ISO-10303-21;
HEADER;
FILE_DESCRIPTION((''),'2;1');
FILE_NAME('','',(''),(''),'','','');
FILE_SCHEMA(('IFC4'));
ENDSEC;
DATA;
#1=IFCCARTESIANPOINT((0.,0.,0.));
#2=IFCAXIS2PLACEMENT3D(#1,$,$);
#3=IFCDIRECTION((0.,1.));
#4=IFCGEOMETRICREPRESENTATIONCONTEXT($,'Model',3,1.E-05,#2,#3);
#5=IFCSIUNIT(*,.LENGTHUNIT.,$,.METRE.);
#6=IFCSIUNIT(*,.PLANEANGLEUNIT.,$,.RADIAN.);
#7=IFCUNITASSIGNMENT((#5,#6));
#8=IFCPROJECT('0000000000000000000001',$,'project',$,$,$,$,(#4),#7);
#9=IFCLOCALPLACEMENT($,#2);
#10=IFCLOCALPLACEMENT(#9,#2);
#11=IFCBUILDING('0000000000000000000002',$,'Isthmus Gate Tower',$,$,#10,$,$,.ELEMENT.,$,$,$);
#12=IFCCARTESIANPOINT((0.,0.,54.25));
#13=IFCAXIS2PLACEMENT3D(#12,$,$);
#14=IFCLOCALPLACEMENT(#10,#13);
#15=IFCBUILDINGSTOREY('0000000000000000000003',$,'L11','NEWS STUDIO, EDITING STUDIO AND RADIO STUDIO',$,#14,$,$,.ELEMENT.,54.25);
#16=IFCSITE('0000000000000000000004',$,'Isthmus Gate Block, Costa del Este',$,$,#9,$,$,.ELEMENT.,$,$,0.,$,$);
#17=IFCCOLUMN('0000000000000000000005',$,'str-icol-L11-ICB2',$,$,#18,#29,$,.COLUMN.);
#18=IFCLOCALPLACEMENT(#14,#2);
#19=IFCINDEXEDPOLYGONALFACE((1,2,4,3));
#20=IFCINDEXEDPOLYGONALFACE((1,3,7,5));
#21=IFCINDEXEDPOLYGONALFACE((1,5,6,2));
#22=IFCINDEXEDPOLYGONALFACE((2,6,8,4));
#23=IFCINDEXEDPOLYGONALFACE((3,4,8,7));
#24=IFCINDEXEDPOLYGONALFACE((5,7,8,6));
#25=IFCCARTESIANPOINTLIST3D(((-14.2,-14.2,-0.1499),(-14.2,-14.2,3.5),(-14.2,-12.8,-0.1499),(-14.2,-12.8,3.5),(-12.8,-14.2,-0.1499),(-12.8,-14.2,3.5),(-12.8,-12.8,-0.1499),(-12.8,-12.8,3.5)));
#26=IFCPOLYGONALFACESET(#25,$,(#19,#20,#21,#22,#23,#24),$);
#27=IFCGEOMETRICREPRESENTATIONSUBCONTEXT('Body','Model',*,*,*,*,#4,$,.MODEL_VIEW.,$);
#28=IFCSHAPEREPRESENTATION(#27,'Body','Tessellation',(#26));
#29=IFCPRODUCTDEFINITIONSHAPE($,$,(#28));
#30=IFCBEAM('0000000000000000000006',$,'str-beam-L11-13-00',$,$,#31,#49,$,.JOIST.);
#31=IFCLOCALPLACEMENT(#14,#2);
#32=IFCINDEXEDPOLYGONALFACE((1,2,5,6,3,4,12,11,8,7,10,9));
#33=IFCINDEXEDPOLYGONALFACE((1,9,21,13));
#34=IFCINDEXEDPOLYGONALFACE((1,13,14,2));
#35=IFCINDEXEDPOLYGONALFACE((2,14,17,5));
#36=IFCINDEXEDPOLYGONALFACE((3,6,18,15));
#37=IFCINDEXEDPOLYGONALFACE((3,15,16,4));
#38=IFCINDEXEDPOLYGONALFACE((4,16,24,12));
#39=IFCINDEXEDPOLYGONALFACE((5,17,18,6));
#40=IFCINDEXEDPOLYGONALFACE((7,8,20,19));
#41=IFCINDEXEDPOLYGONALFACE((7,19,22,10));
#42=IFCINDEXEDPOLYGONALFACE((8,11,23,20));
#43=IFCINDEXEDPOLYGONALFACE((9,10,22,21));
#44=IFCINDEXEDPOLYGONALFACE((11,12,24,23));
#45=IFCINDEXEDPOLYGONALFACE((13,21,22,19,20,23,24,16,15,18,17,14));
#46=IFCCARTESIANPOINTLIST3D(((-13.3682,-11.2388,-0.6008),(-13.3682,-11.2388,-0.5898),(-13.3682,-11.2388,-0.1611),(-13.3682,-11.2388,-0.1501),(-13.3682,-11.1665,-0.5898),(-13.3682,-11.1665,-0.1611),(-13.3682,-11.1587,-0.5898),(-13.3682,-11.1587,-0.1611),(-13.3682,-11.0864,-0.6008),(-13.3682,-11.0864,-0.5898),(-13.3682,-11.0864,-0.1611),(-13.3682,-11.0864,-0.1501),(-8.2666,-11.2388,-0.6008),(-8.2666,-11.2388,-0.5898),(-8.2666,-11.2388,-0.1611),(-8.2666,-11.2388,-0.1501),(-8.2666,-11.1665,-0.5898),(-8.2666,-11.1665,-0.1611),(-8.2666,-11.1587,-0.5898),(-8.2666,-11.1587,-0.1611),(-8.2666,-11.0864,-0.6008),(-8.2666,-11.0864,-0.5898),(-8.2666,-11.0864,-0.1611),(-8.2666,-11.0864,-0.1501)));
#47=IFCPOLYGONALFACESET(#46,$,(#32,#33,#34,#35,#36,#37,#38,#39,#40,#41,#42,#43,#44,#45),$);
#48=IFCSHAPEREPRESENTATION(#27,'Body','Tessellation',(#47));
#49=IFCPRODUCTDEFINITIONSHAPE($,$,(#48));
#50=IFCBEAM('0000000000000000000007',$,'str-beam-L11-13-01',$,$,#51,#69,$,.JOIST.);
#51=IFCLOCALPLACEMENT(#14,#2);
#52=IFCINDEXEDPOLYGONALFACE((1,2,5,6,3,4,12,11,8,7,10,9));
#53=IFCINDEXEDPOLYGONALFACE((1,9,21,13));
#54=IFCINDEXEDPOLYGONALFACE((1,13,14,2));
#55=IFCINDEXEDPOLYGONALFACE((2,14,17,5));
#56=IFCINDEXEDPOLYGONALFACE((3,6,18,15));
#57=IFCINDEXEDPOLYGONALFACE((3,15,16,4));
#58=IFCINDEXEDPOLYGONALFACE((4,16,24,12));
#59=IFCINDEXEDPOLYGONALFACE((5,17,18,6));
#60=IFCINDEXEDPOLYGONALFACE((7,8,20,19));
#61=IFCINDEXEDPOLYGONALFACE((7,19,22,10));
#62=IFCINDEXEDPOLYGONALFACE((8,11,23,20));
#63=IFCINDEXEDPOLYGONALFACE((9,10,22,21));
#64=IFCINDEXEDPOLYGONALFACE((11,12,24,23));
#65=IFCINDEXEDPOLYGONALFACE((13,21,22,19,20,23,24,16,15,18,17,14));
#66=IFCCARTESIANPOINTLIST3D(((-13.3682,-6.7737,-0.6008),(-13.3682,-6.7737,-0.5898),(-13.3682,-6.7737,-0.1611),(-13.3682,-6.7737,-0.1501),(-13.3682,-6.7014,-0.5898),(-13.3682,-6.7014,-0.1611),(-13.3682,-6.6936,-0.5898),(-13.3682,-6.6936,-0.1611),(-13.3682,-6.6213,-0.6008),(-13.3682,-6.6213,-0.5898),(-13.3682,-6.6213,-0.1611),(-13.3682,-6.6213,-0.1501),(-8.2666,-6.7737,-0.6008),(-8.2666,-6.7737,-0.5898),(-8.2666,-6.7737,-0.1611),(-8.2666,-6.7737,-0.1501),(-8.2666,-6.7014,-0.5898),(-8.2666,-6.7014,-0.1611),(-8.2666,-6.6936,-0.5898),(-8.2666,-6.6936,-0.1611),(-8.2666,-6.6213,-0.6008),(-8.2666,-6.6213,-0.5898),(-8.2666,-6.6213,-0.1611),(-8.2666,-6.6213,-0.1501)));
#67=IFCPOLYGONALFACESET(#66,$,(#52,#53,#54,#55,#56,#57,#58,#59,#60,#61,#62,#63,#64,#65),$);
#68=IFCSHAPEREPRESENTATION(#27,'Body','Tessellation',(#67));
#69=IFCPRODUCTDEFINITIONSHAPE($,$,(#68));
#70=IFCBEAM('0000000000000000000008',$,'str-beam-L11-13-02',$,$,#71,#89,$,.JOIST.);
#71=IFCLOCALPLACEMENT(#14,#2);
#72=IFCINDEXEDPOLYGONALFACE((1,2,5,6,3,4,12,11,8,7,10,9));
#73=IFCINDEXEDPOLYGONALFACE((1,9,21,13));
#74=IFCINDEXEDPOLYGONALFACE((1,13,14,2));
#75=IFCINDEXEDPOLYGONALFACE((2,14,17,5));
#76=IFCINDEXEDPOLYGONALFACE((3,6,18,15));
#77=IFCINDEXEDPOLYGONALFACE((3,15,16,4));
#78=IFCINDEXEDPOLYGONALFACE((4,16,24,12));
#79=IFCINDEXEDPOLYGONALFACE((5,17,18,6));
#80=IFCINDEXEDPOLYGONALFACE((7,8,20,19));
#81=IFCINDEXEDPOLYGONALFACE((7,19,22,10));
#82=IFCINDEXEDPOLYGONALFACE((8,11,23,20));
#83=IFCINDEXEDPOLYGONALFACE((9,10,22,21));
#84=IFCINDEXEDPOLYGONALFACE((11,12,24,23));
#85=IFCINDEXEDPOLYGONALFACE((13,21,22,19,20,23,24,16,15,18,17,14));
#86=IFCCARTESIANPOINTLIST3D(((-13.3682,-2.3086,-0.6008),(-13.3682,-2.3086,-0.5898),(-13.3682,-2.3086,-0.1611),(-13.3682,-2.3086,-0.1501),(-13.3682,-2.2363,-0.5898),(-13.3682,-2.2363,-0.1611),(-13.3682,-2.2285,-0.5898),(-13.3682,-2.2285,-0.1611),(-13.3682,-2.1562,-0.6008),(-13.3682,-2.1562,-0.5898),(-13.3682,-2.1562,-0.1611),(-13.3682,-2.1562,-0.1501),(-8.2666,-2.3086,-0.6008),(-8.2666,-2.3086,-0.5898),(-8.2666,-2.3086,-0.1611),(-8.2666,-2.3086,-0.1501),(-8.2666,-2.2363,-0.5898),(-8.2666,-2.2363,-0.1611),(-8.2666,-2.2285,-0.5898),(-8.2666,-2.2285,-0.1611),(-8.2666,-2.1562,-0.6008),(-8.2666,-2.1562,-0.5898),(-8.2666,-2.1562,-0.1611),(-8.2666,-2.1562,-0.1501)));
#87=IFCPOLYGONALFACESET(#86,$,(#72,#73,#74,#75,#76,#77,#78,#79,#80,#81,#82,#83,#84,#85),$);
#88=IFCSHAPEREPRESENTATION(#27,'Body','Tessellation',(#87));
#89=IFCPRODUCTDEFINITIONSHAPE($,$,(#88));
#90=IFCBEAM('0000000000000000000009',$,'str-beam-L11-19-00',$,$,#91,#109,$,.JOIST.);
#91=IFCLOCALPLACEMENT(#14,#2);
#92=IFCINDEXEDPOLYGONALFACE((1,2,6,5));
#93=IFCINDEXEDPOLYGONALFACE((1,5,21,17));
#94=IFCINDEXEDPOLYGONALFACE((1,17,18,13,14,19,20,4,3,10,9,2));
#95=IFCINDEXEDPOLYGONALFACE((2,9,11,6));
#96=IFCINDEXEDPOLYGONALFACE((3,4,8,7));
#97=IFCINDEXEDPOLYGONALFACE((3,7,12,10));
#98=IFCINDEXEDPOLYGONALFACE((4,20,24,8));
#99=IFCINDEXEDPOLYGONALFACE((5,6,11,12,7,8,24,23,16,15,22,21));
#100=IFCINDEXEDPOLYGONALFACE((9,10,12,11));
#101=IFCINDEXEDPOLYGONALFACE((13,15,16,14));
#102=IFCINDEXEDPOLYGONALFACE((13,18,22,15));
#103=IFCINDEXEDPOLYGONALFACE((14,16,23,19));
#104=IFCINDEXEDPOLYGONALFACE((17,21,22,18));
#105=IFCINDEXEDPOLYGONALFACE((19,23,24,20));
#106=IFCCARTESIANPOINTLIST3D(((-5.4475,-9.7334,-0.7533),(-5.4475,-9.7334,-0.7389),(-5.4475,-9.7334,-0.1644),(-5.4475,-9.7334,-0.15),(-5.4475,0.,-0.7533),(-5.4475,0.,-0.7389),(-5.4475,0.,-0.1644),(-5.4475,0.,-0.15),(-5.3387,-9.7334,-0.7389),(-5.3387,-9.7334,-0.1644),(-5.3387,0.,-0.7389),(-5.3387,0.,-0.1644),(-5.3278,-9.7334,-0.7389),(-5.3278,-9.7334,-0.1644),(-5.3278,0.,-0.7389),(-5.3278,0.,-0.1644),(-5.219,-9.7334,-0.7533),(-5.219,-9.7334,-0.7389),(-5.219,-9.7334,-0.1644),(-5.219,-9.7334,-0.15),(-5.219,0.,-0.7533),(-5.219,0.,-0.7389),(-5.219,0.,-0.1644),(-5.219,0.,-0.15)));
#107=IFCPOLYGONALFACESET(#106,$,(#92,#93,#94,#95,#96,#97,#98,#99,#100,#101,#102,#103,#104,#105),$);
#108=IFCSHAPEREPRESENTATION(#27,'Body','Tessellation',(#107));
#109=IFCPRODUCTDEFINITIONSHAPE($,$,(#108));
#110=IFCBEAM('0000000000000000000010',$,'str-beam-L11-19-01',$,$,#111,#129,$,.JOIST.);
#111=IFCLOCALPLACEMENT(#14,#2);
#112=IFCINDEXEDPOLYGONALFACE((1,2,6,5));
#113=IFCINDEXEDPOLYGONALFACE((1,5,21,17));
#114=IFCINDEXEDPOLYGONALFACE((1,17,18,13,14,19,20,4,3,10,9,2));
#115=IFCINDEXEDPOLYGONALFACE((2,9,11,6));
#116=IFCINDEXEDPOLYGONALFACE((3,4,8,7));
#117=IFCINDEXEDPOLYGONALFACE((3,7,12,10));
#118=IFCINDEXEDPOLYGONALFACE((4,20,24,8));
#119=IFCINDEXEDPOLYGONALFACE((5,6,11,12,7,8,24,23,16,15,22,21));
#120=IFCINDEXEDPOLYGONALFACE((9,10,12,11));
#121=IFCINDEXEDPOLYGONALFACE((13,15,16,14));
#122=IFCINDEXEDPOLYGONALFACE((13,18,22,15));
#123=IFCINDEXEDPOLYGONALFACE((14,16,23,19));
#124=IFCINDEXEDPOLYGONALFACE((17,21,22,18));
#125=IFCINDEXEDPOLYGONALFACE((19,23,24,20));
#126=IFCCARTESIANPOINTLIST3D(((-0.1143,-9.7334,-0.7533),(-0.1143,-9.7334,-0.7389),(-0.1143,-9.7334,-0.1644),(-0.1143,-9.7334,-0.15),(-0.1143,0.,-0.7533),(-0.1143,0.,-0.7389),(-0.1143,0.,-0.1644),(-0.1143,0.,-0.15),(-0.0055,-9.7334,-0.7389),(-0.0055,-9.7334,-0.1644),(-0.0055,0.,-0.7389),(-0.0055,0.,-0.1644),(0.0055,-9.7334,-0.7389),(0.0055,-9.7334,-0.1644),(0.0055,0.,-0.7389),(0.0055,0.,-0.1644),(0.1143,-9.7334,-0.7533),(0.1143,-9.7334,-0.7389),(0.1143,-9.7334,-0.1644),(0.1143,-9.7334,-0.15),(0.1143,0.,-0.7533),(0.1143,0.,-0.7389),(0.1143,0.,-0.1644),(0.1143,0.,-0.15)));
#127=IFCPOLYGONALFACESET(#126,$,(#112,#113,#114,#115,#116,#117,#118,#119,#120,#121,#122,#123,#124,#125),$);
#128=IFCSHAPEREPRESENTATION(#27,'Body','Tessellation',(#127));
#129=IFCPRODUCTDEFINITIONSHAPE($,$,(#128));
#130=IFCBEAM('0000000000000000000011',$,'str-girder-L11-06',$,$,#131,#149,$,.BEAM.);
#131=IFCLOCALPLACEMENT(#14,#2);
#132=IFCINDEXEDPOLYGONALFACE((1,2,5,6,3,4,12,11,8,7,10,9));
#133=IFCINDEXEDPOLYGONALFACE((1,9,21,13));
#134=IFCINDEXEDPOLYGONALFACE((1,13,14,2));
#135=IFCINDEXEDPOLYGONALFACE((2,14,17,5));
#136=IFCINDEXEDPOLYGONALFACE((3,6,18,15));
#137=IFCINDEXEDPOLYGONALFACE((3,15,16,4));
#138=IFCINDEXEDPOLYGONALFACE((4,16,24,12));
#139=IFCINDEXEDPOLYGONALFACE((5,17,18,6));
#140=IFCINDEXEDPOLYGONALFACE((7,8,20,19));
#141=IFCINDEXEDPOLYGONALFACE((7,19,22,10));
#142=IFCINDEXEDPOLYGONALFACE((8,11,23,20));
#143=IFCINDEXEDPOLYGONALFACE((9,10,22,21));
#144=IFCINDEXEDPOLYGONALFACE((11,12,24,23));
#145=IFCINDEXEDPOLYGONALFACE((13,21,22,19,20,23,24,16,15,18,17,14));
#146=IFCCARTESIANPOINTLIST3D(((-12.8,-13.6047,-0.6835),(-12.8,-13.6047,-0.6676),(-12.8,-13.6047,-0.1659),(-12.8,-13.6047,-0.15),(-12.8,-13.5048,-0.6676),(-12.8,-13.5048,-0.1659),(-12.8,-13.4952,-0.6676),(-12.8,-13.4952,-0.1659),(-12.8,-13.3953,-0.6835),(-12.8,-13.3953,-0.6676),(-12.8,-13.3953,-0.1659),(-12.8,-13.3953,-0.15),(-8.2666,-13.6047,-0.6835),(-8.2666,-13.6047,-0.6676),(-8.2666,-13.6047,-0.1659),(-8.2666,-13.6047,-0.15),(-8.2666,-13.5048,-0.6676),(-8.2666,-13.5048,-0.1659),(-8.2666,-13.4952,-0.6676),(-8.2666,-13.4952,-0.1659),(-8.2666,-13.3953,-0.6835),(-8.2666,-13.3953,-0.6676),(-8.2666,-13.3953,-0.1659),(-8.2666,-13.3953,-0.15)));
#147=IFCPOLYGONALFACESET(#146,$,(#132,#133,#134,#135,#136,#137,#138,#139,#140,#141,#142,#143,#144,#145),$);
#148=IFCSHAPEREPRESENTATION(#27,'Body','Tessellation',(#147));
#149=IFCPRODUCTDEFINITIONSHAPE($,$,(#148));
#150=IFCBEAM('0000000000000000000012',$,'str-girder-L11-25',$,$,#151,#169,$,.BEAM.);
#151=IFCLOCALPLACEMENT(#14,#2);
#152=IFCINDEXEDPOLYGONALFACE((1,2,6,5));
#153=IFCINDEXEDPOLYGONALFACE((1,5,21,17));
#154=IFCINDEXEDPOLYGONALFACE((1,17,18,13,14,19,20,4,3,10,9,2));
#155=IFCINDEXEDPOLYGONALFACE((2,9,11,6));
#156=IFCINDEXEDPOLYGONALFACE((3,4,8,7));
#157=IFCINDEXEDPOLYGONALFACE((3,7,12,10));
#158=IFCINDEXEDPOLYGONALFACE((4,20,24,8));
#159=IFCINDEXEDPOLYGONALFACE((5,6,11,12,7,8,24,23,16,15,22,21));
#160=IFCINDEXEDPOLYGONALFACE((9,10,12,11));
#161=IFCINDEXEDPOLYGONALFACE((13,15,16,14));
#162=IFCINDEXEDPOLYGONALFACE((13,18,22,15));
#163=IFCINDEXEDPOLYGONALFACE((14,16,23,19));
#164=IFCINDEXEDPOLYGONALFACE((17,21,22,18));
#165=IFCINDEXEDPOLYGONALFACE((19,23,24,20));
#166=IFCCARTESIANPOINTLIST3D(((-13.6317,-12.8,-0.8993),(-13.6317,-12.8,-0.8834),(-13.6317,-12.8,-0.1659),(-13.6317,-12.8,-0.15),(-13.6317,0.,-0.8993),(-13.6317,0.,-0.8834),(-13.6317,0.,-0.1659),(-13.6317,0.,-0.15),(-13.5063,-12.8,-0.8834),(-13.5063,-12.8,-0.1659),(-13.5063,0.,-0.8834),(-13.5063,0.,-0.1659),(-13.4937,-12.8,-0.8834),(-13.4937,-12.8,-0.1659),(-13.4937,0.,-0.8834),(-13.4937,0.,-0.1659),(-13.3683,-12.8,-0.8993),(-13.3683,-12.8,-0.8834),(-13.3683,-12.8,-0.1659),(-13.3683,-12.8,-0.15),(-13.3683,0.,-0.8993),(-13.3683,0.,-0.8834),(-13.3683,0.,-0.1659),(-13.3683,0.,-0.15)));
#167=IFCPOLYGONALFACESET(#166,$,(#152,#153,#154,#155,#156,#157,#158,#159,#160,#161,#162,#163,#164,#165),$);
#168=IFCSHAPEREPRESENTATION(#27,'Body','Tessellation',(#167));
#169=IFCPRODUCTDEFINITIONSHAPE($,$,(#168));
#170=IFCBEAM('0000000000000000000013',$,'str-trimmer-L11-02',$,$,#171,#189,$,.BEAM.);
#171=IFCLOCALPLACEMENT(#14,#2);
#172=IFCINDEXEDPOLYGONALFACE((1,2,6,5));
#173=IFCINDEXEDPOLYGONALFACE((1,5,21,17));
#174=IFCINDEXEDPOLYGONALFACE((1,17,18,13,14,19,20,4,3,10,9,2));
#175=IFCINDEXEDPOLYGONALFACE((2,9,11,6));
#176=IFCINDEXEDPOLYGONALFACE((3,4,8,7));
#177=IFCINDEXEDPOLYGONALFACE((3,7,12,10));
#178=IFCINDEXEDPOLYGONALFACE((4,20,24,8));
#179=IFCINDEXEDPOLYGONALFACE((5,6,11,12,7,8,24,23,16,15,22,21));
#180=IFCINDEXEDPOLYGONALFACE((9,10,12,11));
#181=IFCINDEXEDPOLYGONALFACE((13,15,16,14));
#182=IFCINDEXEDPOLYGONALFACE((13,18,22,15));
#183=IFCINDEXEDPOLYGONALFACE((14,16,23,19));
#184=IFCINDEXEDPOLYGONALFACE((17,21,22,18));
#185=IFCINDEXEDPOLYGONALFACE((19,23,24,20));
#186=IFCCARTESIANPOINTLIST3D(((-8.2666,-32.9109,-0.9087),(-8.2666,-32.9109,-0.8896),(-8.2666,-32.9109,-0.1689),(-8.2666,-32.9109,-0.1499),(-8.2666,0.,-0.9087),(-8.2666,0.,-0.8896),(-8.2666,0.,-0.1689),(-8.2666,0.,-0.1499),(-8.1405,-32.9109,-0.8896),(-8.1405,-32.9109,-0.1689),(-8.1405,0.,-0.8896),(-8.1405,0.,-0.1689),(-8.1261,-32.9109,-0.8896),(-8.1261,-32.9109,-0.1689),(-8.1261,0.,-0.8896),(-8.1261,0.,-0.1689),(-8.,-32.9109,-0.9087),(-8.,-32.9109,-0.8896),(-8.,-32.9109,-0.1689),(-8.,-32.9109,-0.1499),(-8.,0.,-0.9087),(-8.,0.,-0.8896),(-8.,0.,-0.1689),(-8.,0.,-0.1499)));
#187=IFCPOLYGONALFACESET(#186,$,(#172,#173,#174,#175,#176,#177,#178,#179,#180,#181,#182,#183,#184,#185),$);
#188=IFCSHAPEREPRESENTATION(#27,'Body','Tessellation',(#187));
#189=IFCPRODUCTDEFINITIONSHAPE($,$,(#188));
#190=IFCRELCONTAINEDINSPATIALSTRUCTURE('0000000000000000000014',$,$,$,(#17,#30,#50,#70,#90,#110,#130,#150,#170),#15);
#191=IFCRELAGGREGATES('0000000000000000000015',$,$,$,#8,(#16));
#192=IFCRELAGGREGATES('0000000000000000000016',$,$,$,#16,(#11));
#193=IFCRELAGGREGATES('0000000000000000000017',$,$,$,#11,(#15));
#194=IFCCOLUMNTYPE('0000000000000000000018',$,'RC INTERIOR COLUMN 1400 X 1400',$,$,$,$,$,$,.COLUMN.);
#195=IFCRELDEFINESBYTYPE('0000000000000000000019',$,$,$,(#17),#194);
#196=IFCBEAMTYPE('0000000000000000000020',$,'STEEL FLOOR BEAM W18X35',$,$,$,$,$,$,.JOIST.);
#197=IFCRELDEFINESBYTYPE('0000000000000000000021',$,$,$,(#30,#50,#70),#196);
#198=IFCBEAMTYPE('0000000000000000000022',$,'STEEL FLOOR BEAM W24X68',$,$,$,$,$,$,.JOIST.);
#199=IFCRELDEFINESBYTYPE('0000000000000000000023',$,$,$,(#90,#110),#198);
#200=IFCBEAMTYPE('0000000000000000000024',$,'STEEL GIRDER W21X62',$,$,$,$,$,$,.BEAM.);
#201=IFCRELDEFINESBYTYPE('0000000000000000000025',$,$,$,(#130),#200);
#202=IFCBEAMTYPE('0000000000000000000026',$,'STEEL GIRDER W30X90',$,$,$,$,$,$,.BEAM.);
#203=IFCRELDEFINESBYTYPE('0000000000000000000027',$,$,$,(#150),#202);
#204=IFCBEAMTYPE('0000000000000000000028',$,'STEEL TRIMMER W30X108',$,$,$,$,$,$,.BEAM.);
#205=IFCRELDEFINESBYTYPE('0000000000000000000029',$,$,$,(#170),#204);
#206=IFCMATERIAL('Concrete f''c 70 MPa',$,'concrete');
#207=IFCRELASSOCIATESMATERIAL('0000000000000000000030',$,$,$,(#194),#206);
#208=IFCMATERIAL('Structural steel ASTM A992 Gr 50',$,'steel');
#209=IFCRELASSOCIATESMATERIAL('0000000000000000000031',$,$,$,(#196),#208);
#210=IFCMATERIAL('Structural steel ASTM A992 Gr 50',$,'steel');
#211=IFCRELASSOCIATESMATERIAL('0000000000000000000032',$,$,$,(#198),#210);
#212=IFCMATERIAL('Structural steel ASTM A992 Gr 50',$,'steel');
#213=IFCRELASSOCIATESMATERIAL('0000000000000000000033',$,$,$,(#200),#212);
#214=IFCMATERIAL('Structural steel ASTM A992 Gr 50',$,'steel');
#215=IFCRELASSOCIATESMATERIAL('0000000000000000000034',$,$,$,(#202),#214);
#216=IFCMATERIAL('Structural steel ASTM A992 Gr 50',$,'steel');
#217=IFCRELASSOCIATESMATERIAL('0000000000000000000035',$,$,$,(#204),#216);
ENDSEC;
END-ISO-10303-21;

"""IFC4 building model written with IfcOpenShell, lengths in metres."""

from ifc_helpers import new_model, si_unit, direction, frame, origin, origin_2d, place, context, subcontext, project, spatial, rectangle, i_section, extrude, material, material_profile, profile_set, type_object, element, save


model = new_model("IFC4")

# Units and contexts
model_context = context("Model", 3, precision=1e-05, world=origin(), true_north=direction((0.0, 1.0)))
body_context = subcontext(model_context, "Body", "Model", "MODEL_VIEW")
ifc_project = project(units=[si_unit("LENGTHUNIT", "METRE"), si_unit("PLANEANGLEUNIT", "RADIAN")], contexts=[model_context])

# Site, building, storey
site_placement = place(None, origin())
site = spatial("IfcSite", under=ifc_project, at=site_placement, Name="Isthmus Gate Block, Costa del Este", CompositionType="ELEMENT", RefElevation=0.0)
building_placement = place(site_placement, origin())
building = spatial("IfcBuilding", under=site, at=building_placement, Name="Isthmus Gate Tower", CompositionType="ELEMENT")
storey_placement = place(building_placement, frame((0.0, 0.0, 54.25)))
storey = spatial("IfcBuildingStorey", under=building, at=storey_placement, Name="L11", Description="NEWS STUDIO, EDITING STUDIO AND RADIO STUDIO", CompositionType="ELEMENT", Elevation=54.25)

# Column
ifc_material_1 = material(Name="Concrete f'c 70 MPa", Category="concrete")
ifc_material_profile_1 = material_profile(ifc_material_1, rectangle(XDim=1.3999, YDim=1.3999, at=origin_2d()), Name="RC 1400X1400")
ifc_profile_set_1 = profile_set([ifc_material_profile_1], Name="Concrete f'c 70 MPa")
column_type = type_object("IfcColumnType", Name="RC INTERIOR COLUMN 1400 X 1400", PredefinedType="COLUMN", material=ifc_profile_set_1)
column_placement = place(storey_placement, frame((-13.5, -13.5, -0.1499), z_axis=(0.0, 0.0, 1.0), x_axis=(1.0, 0.0, 0.0)))
element("IfcColumn", 1, at=column_placement, inside=storey, type_object=column_type, Name="str-icol-L11-ICB2", PredefinedType="COLUMN", context=body_context, shape_type="SweptSolid", body=[
    extrude(rectangle(XDim=1.3999, YDim=1.3999, at=origin_2d()), origin(), (0.0, 0.0, 1.0), 3.6499),
])

# Beams
ifc_material_2 = material(Name="Structural steel ASTM A992 Gr 50", Category="steel")
ifc_material_profile_2 = material_profile(ifc_material_2, i_section(OverallWidth=0.1523, OverallDepth=0.4507, WebThickness=0.0078, FlangeThickness=0.011, at=origin_2d()), Name="W18X35")
ifc_profile_set_2 = profile_set([ifc_material_profile_2], Name="Structural steel ASTM A992 Gr 50")
beam_type_1 = type_object("IfcBeamType", Name="STEEL FLOOR BEAM W18X35", PredefinedType="JOIST", material=ifc_profile_set_2)
for number, where, z_axis, x_axis, name in (
    (2, (-13.3682, -11.1626, -0.3755), (1.0, 0.0, 0.0), (0.0, 1.0, 0.0), "str-beam-L11-13-00"),
    (3, (-13.3682, -6.6975, -0.3755), (1.0, 0.0, 0.0), (0.0, 1.0, 0.0), "str-beam-L11-13-01"),
    (4, (-13.3682, -2.2324, -0.3755), (1.0, 0.0, 0.0), (0.0, 1.0, 0.0), "str-beam-L11-13-02"),
):
    element("IfcBeam", number, at=place(storey_placement, frame(where, z_axis=z_axis, x_axis=x_axis)), inside=storey, type_object=beam_type_1, Name=name, PredefinedType="JOIST", context=body_context, shape_type="SweptSolid", body=[
        extrude(i_section(OverallWidth=0.1523, OverallDepth=0.4507, WebThickness=0.0078, FlangeThickness=0.011, at=origin_2d()), origin(), (0.0, 0.0, 1.0), 5.1016),
    ])
ifc_material_3 = material(Name="Structural steel ASTM A992 Gr 50", Category="steel")
ifc_material_profile_3 = material_profile(ifc_material_3, i_section(OverallWidth=0.2285, OverallDepth=0.6033, WebThickness=0.011, FlangeThickness=0.0144, at=origin_2d()), Name="W24X68")
ifc_profile_set_3 = profile_set([ifc_material_profile_3], Name="Structural steel ASTM A992 Gr 50")
beam_type_2 = type_object("IfcBeamType", Name="STEEL FLOOR BEAM W24X68", PredefinedType="JOIST", material=ifc_profile_set_3)
for number, where, z_axis, x_axis, name in (
    (5, (-5.3333, -9.7334, -0.4517), (0.0, 1.0, 0.0), (-1.0, 0.0, 0.0), "str-beam-L11-19-00"),
    (6, (0.0, -9.7334, -0.4517), (0.0, 1.0, 0.0), (-1.0, 0.0, 0.0), "str-beam-L11-19-01"),
):
    element("IfcBeam", number, at=place(storey_placement, frame(where, z_axis=z_axis, x_axis=x_axis)), inside=storey, type_object=beam_type_2, Name=name, PredefinedType="JOIST", context=body_context, shape_type="SweptSolid", body=[
        extrude(i_section(OverallWidth=0.2285, OverallDepth=0.6033, WebThickness=0.011, FlangeThickness=0.0144, at=origin_2d()), origin(), (0.0, 0.0, 1.0), 9.7334),
    ])
ifc_material_4 = material(Name="Structural steel ASTM A992 Gr 50", Category="steel")
ifc_material_profile_4 = material_profile(ifc_material_4, i_section(OverallWidth=0.2095, OverallDepth=0.5334, WebThickness=0.0095, FlangeThickness=0.0159, at=origin_2d()), Name="W21X62")
ifc_profile_set_4 = profile_set([ifc_material_profile_4], Name="Structural steel ASTM A992 Gr 50")
beam_type_3 = type_object("IfcBeamType", Name="STEEL GIRDER W21X62", PredefinedType="BEAM", material=ifc_profile_set_4)
beam_1_placement = place(storey_placement, frame((-12.8, -13.5, -0.4167), z_axis=(1.0, 0.0, 0.0), x_axis=(0.0, 1.0, 0.0)))
element("IfcBeam", 7, at=beam_1_placement, inside=storey, type_object=beam_type_3, Name="str-girder-L11-06", PredefinedType="BEAM", context=body_context, shape_type="SweptSolid", body=[
    extrude(i_section(OverallWidth=0.2095, OverallDepth=0.5334, WebThickness=0.0095, FlangeThickness=0.0159, at=origin_2d()), origin(), (0.0, 0.0, 1.0), 4.5334),
])
ifc_material_5 = material(Name="Structural steel ASTM A992 Gr 50", Category="steel")
ifc_material_profile_5 = material_profile(ifc_material_5, i_section(OverallWidth=0.2634, OverallDepth=0.7493, WebThickness=0.0127, FlangeThickness=0.0159, at=origin_2d()), Name="W30X90")
ifc_profile_set_5 = profile_set([ifc_material_profile_5], Name="Structural steel ASTM A992 Gr 50")
beam_type_4 = type_object("IfcBeamType", Name="STEEL GIRDER W30X90", PredefinedType="BEAM", material=ifc_profile_set_5)
beam_2_placement = place(storey_placement, frame((-13.5, -12.8, -0.5247), z_axis=(0.0, 1.0, 0.0), x_axis=(-1.0, 0.0, 0.0)))
element("IfcBeam", 8, at=beam_2_placement, inside=storey, type_object=beam_type_4, Name="str-girder-L11-25", PredefinedType="BEAM", context=body_context, shape_type="SweptSolid", body=[
    extrude(i_section(OverallWidth=0.2634, OverallDepth=0.7493, WebThickness=0.0127, FlangeThickness=0.0159, at=origin_2d()), origin(), (0.0, 0.0, 1.0), 12.8),
])
ifc_material_6 = material(Name="Structural steel ASTM A992 Gr 50", Category="steel")
ifc_material_profile_6 = material_profile(ifc_material_6, i_section(OverallWidth=0.2666, OverallDepth=0.7588, WebThickness=0.0144, FlangeThickness=0.019, at=origin_2d()), Name="W30X108")
ifc_profile_set_6 = profile_set([ifc_material_profile_6], Name="Structural steel ASTM A992 Gr 50")
beam_type_5 = type_object("IfcBeamType", Name="STEEL TRIMMER W30X108", PredefinedType="BEAM", material=ifc_profile_set_6)
beam_3_placement = place(storey_placement, frame((-8.1333, 0.0, -0.5293), z_axis=(0.0, -1.0, 0.0), x_axis=(1.0, 0.0, 0.0)))
element("IfcBeam", 9, at=beam_3_placement, inside=storey, type_object=beam_type_5, Name="str-trimmer-L11-02", PredefinedType="BEAM", context=body_context, shape_type="SweptSolid", body=[
    extrude(i_section(OverallWidth=0.2666, OverallDepth=0.7588, WebThickness=0.0144, FlangeThickness=0.019, at=origin_2d()), origin(), (0.0, 0.0, 1.0), 32.9109),
])

save(model, "model.ifc")
